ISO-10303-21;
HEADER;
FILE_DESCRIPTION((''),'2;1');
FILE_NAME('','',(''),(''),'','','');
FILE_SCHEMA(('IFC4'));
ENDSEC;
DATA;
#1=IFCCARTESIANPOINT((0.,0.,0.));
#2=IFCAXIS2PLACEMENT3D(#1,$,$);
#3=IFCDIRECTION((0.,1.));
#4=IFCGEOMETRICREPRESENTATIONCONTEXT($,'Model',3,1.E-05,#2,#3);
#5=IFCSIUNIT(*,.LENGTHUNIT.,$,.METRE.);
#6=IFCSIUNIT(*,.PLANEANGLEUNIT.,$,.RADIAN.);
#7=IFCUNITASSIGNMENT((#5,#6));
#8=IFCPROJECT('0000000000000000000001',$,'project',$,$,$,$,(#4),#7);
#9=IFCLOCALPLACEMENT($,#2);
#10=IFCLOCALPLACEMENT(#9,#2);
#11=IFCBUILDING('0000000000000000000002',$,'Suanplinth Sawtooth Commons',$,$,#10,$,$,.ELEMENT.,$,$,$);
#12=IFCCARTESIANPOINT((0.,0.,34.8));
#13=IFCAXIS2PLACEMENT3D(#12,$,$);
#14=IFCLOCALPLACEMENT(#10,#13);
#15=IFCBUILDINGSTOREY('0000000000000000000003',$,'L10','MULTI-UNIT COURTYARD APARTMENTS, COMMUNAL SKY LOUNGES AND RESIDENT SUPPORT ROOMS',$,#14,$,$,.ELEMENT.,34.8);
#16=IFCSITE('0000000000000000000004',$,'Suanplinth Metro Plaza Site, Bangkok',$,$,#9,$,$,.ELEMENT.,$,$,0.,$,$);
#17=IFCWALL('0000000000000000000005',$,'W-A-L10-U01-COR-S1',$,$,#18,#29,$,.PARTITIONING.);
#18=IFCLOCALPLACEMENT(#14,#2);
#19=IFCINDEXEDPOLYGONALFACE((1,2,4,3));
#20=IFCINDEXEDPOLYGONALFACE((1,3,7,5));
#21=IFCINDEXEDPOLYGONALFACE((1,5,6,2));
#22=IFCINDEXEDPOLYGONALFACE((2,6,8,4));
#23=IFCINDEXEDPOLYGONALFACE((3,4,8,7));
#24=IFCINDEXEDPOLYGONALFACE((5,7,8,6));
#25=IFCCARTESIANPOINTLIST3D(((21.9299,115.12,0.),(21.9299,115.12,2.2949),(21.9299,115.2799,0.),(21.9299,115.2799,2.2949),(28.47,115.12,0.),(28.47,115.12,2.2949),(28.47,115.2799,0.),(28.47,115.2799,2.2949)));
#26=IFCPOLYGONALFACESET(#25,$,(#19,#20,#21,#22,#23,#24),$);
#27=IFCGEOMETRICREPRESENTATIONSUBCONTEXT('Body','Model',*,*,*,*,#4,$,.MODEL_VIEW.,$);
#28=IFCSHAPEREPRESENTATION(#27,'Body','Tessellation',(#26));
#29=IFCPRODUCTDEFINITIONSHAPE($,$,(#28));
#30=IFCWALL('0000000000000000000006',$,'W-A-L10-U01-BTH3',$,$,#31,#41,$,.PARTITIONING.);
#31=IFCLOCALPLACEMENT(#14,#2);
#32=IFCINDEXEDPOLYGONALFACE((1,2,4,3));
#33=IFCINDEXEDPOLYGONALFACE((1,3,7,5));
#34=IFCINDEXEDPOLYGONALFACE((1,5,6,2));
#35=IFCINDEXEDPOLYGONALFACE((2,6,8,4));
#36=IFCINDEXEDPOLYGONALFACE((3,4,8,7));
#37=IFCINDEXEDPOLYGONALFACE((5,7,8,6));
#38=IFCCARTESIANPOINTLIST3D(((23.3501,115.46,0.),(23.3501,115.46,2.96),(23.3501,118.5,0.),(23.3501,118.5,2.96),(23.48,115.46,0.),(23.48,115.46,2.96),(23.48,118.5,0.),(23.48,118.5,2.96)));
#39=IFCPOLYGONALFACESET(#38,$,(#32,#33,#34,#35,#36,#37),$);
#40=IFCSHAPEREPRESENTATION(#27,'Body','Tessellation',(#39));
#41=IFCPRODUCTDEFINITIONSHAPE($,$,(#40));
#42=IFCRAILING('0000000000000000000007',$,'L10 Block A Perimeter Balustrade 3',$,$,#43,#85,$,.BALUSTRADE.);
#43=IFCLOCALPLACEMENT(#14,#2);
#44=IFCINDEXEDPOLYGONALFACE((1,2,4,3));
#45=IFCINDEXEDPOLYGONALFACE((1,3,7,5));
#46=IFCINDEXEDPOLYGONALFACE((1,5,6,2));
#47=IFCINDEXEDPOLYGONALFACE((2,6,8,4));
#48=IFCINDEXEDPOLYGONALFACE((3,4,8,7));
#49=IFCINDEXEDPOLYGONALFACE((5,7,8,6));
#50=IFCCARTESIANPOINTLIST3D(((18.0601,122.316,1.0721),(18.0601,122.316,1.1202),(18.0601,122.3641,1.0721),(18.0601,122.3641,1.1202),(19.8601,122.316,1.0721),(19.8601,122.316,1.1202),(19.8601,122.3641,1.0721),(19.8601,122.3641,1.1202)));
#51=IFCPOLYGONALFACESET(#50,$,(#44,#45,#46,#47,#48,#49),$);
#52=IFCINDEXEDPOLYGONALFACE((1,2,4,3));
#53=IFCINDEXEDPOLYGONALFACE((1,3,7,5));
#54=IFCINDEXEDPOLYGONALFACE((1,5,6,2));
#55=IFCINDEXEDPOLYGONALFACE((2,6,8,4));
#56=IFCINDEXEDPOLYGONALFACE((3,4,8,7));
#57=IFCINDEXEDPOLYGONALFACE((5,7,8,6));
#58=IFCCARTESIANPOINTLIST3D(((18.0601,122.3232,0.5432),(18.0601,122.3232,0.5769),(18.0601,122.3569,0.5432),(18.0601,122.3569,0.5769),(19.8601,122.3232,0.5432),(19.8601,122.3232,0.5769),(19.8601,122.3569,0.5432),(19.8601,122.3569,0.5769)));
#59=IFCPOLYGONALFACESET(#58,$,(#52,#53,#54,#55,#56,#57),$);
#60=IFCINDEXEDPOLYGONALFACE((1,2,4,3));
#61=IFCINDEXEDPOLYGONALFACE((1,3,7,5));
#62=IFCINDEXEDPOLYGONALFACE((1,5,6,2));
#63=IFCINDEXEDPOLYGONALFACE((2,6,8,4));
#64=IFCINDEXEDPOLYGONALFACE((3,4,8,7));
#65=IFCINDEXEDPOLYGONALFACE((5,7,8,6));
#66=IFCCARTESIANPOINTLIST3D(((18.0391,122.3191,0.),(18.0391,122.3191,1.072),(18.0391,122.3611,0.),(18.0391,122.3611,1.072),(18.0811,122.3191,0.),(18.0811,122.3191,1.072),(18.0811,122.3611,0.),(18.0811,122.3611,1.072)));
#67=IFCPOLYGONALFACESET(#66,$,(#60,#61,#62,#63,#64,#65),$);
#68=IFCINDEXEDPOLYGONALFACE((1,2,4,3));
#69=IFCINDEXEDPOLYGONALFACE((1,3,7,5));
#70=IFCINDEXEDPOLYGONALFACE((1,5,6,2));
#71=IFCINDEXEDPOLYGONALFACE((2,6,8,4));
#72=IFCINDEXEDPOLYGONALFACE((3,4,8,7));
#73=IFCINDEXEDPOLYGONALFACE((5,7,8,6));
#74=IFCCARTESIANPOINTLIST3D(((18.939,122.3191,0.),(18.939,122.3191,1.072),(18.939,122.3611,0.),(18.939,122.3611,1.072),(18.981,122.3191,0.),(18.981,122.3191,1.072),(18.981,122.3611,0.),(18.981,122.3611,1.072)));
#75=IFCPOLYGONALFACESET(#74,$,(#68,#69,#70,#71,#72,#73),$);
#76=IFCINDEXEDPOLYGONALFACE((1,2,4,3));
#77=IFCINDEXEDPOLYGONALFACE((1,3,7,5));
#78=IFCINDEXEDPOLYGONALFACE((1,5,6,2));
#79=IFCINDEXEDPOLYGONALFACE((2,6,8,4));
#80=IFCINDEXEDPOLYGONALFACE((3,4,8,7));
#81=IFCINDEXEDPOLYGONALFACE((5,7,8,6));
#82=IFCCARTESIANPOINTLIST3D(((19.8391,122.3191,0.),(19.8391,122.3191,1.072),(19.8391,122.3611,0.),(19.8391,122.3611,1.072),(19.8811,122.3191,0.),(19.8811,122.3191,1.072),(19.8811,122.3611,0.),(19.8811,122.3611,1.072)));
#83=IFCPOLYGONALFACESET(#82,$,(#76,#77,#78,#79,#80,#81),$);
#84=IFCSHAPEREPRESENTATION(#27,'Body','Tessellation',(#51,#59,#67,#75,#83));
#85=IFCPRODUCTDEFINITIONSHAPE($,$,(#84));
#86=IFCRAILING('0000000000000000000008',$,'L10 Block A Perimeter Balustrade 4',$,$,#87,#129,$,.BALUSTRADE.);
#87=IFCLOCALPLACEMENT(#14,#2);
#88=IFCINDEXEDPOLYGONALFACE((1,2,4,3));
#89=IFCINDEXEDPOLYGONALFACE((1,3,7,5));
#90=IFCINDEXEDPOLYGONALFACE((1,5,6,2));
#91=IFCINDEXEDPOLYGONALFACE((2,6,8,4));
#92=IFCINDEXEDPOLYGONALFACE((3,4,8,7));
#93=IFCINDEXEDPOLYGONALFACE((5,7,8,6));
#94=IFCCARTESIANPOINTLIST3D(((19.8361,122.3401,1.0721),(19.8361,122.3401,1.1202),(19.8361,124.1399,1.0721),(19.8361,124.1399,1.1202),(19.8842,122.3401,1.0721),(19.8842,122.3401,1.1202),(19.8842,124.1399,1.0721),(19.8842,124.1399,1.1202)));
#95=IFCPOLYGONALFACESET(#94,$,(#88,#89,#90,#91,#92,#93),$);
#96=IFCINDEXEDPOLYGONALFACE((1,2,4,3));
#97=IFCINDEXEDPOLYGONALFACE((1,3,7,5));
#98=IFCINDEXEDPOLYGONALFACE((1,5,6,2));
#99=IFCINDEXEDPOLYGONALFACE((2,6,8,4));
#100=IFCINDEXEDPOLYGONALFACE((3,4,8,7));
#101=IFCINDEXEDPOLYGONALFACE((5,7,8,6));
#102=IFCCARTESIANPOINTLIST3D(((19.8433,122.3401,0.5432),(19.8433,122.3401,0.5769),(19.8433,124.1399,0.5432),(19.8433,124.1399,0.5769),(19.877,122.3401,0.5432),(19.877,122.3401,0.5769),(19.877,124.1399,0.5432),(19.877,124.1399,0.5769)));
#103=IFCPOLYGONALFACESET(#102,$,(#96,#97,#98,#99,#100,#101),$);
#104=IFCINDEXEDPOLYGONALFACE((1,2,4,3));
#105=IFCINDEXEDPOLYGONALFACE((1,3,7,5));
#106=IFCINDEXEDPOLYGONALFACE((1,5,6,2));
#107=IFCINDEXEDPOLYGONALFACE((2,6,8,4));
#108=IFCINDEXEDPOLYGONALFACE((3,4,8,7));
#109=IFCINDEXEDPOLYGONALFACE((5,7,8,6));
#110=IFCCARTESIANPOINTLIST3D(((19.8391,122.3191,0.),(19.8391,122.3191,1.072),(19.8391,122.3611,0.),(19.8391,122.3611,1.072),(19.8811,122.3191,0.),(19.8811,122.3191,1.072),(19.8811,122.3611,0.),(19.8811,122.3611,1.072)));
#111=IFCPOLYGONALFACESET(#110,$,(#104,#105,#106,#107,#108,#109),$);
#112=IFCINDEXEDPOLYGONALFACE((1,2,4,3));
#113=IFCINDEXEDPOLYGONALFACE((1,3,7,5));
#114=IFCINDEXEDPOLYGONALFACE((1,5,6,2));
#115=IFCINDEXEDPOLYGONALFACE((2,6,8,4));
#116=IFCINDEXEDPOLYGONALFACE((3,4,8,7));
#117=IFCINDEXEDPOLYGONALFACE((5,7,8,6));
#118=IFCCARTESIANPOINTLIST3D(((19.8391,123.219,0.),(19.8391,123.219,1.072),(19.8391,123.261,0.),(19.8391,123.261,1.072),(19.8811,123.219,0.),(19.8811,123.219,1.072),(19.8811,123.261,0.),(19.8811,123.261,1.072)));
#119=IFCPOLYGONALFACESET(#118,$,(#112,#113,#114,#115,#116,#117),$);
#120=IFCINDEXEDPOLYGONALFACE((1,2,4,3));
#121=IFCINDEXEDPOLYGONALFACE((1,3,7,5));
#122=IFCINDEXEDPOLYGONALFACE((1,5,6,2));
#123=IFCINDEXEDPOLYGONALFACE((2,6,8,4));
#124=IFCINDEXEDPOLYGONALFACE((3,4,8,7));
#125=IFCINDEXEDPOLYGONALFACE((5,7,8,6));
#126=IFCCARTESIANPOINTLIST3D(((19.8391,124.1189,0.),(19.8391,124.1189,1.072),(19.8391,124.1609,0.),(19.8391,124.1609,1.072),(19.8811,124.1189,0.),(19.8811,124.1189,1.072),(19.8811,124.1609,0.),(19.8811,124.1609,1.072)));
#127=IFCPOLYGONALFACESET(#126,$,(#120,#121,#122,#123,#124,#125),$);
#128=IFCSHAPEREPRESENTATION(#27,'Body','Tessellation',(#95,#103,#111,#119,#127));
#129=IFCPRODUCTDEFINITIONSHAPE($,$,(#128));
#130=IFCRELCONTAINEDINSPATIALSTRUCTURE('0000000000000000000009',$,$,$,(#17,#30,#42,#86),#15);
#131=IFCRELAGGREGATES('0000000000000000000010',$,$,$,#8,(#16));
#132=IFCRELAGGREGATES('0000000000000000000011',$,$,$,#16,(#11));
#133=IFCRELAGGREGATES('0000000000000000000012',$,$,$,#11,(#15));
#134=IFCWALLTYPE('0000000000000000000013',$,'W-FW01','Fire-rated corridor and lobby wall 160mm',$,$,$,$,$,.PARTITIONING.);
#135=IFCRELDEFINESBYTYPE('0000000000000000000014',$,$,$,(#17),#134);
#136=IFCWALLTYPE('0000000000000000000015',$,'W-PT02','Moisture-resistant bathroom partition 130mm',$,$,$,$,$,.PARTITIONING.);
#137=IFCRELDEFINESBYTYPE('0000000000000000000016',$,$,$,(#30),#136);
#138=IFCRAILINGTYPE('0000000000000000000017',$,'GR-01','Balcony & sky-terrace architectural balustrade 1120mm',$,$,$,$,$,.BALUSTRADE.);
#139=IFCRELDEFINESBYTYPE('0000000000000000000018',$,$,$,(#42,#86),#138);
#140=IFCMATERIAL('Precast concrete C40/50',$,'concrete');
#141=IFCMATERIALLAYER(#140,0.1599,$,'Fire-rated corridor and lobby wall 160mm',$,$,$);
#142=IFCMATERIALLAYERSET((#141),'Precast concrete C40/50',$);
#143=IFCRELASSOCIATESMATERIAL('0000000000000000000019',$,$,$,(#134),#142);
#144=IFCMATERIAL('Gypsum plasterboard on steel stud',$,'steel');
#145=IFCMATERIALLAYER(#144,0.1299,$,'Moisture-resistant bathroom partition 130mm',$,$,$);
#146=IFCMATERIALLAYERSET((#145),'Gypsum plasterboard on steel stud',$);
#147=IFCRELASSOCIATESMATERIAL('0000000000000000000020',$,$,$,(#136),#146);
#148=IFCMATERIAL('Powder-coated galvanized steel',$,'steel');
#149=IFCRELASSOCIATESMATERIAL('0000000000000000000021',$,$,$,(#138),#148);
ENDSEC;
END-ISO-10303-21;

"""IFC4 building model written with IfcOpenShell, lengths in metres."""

from ifc_helpers import new_model, si_unit, direction, frame, frame_2d, origin, origin_2d, place, context, subcontext, project, spatial, rectangle, extrude, material, layer, layer_set, type_object, element, save


model = new_model("IFC4")

# Units and contexts
model_context = context("Model", 3, precision=1e-05, world=origin(), true_north=direction((0.0, 1.0)))
body_context = subcontext(model_context, "Body", "Model", "MODEL_VIEW")
ifc_project = project(units=[si_unit("LENGTHUNIT", "METRE"), si_unit("PLANEANGLEUNIT", "RADIAN")], contexts=[model_context])

# Site, building, storey
site_placement = place(None, origin())
site = spatial("IfcSite", under=ifc_project, at=site_placement, Name="Suanplinth Metro Plaza Site, Bangkok", CompositionType="ELEMENT", RefElevation=0.0)
building_placement = place(site_placement, origin())
building = spatial("IfcBuilding", under=site, at=building_placement, Name="Suanplinth Sawtooth Commons", CompositionType="ELEMENT")
storey_placement = place(building_placement, frame((0.0, 0.0, 34.8)))
storey = spatial("IfcBuildingStorey", under=building, at=storey_placement, Name="L10", Description="MULTI-UNIT COURTYARD APARTMENTS, COMMUNAL SKY LOUNGES AND RESIDENT SUPPORT ROOMS", CompositionType="ELEMENT", Elevation=34.8)

# Shared definitions
ifc_material_1 = material(Name="Precast concrete C40/50", Category="concrete")

# Walls
ifc_layer_1 = layer(ifc_material_1, 0.1599, Name="Fire-rated corridor and lobby wall 160mm")
ifc_layer_set_1 = layer_set([ifc_layer_1], Name="Precast concrete C40/50")
wall_type_1 = type_object("IfcWallType", Name="W-FW01", Description="Fire-rated corridor and lobby wall 160mm", PredefinedType="PARTITIONING", material=ifc_layer_set_1)
wall_1_placement = place(storey_placement, frame((21.9299, 115.2, 0.0), z_axis=(0.0, 0.0, 1.0), x_axis=(1.0, 0.0, 0.0)))
element("IfcWall", 1, at=wall_1_placement, inside=storey, type_object=wall_type_1, Name="W-A-L10-U01-COR-S1", PredefinedType="PARTITIONING", context=body_context, shape_type="SweptSolid", body=[
    extrude(rectangle(XDim=6.54, YDim=0.1599, at=frame_2d((3.27, 0.0))), origin(), (0.0, 0.0, 1.0), 2.2949),
])
ifc_material_2 = material(Name="Gypsum plasterboard on steel stud", Category="steel")
ifc_layer_2 = layer(ifc_material_2, 0.1299, Name="Moisture-resistant bathroom partition 130mm")
ifc_layer_set_2 = layer_set([ifc_layer_2], Name="Gypsum plasterboard on steel stud")
wall_type_2 = type_object("IfcWallType", Name="W-PT02", Description="Moisture-resistant bathroom partition 130mm", PredefinedType="PARTITIONING", material=ifc_layer_set_2)
wall_2_placement = place(storey_placement, frame((23.415, 115.46, 0.0), z_axis=(0.0, 0.0, 1.0), x_axis=(0.0, 1.0, 0.0)))
element("IfcWall", 2, at=wall_2_placement, inside=storey, type_object=wall_type_2, Name="W-A-L10-U01-BTH3", PredefinedType="PARTITIONING", context=body_context, shape_type="SweptSolid", body=[
    extrude(rectangle(XDim=3.04, YDim=0.1299, at=frame_2d((1.52, 0.0))), origin(), (0.0, 0.0, 1.0), 2.96),
])

# Railings
ifc_material_3 = material(Name="Powder-coated galvanized steel", Category="steel")
railing_type = type_object("IfcRailingType", Name="GR-01", Description="Balcony & sky-terrace architectural balustrade 1120mm", PredefinedType="BALUSTRADE", material=ifc_material_3)
railing_1_placement = place(storey_placement, frame((18.0601, 122.3401, 0.0)))
element("IfcRailing", 3, at=railing_1_placement, inside=storey, type_object=railing_type, Name="L10 Block A Perimeter Balustrade 3", PredefinedType="BALUSTRADE", context=body_context, shape_type="SweptSolid", body=[
    extrude(rectangle(XDim=0.0481, YDim=0.0481, at=origin_2d()), frame((0.0, 0.0, 1.0962), z_axis=(1.0, 0.0, 0.0), x_axis=(0.0, 1.0, 0.0)), (0.0, 0.0, 1.0), 1.8),
    extrude(rectangle(XDim=0.0337, YDim=0.0337, at=origin_2d()), frame((0.0, 0.0, 0.5601), z_axis=(1.0, 0.0, 0.0), x_axis=(0.0, 1.0, 0.0)), (0.0, 0.0, 1.0), 1.8),
    extrude(rectangle(XDim=0.042, YDim=0.042, at=origin_2d()), origin(), (0.0, 0.0, 1.0), 1.072),
    extrude(rectangle(XDim=0.042, YDim=0.042, at=origin_2d()), frame((0.8999, 0.0, 0.0)), (0.0, 0.0, 1.0), 1.072),
    extrude(rectangle(XDim=0.042, YDim=0.042, at=origin_2d()), frame((1.8, 0.0, 0.0)), (0.0, 0.0, 1.0), 1.072),
])
railing_2_placement = place(storey_placement, frame((19.8601, 122.3401, 0.0)))
element("IfcRailing", 4, at=railing_2_placement, inside=storey, type_object=railing_type, Name="L10 Block A Perimeter Balustrade 4", PredefinedType="BALUSTRADE", context=body_context, shape_type="SweptSolid", body=[
    extrude(rectangle(XDim=0.0481, YDim=0.0481, at=origin_2d()), frame((0.0, 0.0, 1.0962), z_axis=(0.0, 1.0, 0.0), x_axis=(-1.0, 0.0, 0.0)), (0.0, 0.0, 1.0), 1.7998),
    extrude(rectangle(XDim=0.0337, YDim=0.0337, at=origin_2d()), frame((0.0, 0.0, 0.5601), z_axis=(0.0, 1.0, 0.0), x_axis=(-1.0, 0.0, 0.0)), (0.0, 0.0, 1.0), 1.7998),
    extrude(rectangle(XDim=0.042, YDim=0.042, at=origin_2d()), origin(), (0.0, 0.0, 1.0), 1.072),
    extrude(rectangle(XDim=0.042, YDim=0.042, at=origin_2d()), frame((0.0, 0.8999, 0.0)), (0.0, 0.0, 1.0), 1.072),
    extrude(rectangle(XDim=0.042, YDim=0.042, at=origin_2d()), frame((0.0, 1.7998, 0.0)), (0.0, 0.0, 1.0), 1.072),
])

save(model, "model.ifc")
